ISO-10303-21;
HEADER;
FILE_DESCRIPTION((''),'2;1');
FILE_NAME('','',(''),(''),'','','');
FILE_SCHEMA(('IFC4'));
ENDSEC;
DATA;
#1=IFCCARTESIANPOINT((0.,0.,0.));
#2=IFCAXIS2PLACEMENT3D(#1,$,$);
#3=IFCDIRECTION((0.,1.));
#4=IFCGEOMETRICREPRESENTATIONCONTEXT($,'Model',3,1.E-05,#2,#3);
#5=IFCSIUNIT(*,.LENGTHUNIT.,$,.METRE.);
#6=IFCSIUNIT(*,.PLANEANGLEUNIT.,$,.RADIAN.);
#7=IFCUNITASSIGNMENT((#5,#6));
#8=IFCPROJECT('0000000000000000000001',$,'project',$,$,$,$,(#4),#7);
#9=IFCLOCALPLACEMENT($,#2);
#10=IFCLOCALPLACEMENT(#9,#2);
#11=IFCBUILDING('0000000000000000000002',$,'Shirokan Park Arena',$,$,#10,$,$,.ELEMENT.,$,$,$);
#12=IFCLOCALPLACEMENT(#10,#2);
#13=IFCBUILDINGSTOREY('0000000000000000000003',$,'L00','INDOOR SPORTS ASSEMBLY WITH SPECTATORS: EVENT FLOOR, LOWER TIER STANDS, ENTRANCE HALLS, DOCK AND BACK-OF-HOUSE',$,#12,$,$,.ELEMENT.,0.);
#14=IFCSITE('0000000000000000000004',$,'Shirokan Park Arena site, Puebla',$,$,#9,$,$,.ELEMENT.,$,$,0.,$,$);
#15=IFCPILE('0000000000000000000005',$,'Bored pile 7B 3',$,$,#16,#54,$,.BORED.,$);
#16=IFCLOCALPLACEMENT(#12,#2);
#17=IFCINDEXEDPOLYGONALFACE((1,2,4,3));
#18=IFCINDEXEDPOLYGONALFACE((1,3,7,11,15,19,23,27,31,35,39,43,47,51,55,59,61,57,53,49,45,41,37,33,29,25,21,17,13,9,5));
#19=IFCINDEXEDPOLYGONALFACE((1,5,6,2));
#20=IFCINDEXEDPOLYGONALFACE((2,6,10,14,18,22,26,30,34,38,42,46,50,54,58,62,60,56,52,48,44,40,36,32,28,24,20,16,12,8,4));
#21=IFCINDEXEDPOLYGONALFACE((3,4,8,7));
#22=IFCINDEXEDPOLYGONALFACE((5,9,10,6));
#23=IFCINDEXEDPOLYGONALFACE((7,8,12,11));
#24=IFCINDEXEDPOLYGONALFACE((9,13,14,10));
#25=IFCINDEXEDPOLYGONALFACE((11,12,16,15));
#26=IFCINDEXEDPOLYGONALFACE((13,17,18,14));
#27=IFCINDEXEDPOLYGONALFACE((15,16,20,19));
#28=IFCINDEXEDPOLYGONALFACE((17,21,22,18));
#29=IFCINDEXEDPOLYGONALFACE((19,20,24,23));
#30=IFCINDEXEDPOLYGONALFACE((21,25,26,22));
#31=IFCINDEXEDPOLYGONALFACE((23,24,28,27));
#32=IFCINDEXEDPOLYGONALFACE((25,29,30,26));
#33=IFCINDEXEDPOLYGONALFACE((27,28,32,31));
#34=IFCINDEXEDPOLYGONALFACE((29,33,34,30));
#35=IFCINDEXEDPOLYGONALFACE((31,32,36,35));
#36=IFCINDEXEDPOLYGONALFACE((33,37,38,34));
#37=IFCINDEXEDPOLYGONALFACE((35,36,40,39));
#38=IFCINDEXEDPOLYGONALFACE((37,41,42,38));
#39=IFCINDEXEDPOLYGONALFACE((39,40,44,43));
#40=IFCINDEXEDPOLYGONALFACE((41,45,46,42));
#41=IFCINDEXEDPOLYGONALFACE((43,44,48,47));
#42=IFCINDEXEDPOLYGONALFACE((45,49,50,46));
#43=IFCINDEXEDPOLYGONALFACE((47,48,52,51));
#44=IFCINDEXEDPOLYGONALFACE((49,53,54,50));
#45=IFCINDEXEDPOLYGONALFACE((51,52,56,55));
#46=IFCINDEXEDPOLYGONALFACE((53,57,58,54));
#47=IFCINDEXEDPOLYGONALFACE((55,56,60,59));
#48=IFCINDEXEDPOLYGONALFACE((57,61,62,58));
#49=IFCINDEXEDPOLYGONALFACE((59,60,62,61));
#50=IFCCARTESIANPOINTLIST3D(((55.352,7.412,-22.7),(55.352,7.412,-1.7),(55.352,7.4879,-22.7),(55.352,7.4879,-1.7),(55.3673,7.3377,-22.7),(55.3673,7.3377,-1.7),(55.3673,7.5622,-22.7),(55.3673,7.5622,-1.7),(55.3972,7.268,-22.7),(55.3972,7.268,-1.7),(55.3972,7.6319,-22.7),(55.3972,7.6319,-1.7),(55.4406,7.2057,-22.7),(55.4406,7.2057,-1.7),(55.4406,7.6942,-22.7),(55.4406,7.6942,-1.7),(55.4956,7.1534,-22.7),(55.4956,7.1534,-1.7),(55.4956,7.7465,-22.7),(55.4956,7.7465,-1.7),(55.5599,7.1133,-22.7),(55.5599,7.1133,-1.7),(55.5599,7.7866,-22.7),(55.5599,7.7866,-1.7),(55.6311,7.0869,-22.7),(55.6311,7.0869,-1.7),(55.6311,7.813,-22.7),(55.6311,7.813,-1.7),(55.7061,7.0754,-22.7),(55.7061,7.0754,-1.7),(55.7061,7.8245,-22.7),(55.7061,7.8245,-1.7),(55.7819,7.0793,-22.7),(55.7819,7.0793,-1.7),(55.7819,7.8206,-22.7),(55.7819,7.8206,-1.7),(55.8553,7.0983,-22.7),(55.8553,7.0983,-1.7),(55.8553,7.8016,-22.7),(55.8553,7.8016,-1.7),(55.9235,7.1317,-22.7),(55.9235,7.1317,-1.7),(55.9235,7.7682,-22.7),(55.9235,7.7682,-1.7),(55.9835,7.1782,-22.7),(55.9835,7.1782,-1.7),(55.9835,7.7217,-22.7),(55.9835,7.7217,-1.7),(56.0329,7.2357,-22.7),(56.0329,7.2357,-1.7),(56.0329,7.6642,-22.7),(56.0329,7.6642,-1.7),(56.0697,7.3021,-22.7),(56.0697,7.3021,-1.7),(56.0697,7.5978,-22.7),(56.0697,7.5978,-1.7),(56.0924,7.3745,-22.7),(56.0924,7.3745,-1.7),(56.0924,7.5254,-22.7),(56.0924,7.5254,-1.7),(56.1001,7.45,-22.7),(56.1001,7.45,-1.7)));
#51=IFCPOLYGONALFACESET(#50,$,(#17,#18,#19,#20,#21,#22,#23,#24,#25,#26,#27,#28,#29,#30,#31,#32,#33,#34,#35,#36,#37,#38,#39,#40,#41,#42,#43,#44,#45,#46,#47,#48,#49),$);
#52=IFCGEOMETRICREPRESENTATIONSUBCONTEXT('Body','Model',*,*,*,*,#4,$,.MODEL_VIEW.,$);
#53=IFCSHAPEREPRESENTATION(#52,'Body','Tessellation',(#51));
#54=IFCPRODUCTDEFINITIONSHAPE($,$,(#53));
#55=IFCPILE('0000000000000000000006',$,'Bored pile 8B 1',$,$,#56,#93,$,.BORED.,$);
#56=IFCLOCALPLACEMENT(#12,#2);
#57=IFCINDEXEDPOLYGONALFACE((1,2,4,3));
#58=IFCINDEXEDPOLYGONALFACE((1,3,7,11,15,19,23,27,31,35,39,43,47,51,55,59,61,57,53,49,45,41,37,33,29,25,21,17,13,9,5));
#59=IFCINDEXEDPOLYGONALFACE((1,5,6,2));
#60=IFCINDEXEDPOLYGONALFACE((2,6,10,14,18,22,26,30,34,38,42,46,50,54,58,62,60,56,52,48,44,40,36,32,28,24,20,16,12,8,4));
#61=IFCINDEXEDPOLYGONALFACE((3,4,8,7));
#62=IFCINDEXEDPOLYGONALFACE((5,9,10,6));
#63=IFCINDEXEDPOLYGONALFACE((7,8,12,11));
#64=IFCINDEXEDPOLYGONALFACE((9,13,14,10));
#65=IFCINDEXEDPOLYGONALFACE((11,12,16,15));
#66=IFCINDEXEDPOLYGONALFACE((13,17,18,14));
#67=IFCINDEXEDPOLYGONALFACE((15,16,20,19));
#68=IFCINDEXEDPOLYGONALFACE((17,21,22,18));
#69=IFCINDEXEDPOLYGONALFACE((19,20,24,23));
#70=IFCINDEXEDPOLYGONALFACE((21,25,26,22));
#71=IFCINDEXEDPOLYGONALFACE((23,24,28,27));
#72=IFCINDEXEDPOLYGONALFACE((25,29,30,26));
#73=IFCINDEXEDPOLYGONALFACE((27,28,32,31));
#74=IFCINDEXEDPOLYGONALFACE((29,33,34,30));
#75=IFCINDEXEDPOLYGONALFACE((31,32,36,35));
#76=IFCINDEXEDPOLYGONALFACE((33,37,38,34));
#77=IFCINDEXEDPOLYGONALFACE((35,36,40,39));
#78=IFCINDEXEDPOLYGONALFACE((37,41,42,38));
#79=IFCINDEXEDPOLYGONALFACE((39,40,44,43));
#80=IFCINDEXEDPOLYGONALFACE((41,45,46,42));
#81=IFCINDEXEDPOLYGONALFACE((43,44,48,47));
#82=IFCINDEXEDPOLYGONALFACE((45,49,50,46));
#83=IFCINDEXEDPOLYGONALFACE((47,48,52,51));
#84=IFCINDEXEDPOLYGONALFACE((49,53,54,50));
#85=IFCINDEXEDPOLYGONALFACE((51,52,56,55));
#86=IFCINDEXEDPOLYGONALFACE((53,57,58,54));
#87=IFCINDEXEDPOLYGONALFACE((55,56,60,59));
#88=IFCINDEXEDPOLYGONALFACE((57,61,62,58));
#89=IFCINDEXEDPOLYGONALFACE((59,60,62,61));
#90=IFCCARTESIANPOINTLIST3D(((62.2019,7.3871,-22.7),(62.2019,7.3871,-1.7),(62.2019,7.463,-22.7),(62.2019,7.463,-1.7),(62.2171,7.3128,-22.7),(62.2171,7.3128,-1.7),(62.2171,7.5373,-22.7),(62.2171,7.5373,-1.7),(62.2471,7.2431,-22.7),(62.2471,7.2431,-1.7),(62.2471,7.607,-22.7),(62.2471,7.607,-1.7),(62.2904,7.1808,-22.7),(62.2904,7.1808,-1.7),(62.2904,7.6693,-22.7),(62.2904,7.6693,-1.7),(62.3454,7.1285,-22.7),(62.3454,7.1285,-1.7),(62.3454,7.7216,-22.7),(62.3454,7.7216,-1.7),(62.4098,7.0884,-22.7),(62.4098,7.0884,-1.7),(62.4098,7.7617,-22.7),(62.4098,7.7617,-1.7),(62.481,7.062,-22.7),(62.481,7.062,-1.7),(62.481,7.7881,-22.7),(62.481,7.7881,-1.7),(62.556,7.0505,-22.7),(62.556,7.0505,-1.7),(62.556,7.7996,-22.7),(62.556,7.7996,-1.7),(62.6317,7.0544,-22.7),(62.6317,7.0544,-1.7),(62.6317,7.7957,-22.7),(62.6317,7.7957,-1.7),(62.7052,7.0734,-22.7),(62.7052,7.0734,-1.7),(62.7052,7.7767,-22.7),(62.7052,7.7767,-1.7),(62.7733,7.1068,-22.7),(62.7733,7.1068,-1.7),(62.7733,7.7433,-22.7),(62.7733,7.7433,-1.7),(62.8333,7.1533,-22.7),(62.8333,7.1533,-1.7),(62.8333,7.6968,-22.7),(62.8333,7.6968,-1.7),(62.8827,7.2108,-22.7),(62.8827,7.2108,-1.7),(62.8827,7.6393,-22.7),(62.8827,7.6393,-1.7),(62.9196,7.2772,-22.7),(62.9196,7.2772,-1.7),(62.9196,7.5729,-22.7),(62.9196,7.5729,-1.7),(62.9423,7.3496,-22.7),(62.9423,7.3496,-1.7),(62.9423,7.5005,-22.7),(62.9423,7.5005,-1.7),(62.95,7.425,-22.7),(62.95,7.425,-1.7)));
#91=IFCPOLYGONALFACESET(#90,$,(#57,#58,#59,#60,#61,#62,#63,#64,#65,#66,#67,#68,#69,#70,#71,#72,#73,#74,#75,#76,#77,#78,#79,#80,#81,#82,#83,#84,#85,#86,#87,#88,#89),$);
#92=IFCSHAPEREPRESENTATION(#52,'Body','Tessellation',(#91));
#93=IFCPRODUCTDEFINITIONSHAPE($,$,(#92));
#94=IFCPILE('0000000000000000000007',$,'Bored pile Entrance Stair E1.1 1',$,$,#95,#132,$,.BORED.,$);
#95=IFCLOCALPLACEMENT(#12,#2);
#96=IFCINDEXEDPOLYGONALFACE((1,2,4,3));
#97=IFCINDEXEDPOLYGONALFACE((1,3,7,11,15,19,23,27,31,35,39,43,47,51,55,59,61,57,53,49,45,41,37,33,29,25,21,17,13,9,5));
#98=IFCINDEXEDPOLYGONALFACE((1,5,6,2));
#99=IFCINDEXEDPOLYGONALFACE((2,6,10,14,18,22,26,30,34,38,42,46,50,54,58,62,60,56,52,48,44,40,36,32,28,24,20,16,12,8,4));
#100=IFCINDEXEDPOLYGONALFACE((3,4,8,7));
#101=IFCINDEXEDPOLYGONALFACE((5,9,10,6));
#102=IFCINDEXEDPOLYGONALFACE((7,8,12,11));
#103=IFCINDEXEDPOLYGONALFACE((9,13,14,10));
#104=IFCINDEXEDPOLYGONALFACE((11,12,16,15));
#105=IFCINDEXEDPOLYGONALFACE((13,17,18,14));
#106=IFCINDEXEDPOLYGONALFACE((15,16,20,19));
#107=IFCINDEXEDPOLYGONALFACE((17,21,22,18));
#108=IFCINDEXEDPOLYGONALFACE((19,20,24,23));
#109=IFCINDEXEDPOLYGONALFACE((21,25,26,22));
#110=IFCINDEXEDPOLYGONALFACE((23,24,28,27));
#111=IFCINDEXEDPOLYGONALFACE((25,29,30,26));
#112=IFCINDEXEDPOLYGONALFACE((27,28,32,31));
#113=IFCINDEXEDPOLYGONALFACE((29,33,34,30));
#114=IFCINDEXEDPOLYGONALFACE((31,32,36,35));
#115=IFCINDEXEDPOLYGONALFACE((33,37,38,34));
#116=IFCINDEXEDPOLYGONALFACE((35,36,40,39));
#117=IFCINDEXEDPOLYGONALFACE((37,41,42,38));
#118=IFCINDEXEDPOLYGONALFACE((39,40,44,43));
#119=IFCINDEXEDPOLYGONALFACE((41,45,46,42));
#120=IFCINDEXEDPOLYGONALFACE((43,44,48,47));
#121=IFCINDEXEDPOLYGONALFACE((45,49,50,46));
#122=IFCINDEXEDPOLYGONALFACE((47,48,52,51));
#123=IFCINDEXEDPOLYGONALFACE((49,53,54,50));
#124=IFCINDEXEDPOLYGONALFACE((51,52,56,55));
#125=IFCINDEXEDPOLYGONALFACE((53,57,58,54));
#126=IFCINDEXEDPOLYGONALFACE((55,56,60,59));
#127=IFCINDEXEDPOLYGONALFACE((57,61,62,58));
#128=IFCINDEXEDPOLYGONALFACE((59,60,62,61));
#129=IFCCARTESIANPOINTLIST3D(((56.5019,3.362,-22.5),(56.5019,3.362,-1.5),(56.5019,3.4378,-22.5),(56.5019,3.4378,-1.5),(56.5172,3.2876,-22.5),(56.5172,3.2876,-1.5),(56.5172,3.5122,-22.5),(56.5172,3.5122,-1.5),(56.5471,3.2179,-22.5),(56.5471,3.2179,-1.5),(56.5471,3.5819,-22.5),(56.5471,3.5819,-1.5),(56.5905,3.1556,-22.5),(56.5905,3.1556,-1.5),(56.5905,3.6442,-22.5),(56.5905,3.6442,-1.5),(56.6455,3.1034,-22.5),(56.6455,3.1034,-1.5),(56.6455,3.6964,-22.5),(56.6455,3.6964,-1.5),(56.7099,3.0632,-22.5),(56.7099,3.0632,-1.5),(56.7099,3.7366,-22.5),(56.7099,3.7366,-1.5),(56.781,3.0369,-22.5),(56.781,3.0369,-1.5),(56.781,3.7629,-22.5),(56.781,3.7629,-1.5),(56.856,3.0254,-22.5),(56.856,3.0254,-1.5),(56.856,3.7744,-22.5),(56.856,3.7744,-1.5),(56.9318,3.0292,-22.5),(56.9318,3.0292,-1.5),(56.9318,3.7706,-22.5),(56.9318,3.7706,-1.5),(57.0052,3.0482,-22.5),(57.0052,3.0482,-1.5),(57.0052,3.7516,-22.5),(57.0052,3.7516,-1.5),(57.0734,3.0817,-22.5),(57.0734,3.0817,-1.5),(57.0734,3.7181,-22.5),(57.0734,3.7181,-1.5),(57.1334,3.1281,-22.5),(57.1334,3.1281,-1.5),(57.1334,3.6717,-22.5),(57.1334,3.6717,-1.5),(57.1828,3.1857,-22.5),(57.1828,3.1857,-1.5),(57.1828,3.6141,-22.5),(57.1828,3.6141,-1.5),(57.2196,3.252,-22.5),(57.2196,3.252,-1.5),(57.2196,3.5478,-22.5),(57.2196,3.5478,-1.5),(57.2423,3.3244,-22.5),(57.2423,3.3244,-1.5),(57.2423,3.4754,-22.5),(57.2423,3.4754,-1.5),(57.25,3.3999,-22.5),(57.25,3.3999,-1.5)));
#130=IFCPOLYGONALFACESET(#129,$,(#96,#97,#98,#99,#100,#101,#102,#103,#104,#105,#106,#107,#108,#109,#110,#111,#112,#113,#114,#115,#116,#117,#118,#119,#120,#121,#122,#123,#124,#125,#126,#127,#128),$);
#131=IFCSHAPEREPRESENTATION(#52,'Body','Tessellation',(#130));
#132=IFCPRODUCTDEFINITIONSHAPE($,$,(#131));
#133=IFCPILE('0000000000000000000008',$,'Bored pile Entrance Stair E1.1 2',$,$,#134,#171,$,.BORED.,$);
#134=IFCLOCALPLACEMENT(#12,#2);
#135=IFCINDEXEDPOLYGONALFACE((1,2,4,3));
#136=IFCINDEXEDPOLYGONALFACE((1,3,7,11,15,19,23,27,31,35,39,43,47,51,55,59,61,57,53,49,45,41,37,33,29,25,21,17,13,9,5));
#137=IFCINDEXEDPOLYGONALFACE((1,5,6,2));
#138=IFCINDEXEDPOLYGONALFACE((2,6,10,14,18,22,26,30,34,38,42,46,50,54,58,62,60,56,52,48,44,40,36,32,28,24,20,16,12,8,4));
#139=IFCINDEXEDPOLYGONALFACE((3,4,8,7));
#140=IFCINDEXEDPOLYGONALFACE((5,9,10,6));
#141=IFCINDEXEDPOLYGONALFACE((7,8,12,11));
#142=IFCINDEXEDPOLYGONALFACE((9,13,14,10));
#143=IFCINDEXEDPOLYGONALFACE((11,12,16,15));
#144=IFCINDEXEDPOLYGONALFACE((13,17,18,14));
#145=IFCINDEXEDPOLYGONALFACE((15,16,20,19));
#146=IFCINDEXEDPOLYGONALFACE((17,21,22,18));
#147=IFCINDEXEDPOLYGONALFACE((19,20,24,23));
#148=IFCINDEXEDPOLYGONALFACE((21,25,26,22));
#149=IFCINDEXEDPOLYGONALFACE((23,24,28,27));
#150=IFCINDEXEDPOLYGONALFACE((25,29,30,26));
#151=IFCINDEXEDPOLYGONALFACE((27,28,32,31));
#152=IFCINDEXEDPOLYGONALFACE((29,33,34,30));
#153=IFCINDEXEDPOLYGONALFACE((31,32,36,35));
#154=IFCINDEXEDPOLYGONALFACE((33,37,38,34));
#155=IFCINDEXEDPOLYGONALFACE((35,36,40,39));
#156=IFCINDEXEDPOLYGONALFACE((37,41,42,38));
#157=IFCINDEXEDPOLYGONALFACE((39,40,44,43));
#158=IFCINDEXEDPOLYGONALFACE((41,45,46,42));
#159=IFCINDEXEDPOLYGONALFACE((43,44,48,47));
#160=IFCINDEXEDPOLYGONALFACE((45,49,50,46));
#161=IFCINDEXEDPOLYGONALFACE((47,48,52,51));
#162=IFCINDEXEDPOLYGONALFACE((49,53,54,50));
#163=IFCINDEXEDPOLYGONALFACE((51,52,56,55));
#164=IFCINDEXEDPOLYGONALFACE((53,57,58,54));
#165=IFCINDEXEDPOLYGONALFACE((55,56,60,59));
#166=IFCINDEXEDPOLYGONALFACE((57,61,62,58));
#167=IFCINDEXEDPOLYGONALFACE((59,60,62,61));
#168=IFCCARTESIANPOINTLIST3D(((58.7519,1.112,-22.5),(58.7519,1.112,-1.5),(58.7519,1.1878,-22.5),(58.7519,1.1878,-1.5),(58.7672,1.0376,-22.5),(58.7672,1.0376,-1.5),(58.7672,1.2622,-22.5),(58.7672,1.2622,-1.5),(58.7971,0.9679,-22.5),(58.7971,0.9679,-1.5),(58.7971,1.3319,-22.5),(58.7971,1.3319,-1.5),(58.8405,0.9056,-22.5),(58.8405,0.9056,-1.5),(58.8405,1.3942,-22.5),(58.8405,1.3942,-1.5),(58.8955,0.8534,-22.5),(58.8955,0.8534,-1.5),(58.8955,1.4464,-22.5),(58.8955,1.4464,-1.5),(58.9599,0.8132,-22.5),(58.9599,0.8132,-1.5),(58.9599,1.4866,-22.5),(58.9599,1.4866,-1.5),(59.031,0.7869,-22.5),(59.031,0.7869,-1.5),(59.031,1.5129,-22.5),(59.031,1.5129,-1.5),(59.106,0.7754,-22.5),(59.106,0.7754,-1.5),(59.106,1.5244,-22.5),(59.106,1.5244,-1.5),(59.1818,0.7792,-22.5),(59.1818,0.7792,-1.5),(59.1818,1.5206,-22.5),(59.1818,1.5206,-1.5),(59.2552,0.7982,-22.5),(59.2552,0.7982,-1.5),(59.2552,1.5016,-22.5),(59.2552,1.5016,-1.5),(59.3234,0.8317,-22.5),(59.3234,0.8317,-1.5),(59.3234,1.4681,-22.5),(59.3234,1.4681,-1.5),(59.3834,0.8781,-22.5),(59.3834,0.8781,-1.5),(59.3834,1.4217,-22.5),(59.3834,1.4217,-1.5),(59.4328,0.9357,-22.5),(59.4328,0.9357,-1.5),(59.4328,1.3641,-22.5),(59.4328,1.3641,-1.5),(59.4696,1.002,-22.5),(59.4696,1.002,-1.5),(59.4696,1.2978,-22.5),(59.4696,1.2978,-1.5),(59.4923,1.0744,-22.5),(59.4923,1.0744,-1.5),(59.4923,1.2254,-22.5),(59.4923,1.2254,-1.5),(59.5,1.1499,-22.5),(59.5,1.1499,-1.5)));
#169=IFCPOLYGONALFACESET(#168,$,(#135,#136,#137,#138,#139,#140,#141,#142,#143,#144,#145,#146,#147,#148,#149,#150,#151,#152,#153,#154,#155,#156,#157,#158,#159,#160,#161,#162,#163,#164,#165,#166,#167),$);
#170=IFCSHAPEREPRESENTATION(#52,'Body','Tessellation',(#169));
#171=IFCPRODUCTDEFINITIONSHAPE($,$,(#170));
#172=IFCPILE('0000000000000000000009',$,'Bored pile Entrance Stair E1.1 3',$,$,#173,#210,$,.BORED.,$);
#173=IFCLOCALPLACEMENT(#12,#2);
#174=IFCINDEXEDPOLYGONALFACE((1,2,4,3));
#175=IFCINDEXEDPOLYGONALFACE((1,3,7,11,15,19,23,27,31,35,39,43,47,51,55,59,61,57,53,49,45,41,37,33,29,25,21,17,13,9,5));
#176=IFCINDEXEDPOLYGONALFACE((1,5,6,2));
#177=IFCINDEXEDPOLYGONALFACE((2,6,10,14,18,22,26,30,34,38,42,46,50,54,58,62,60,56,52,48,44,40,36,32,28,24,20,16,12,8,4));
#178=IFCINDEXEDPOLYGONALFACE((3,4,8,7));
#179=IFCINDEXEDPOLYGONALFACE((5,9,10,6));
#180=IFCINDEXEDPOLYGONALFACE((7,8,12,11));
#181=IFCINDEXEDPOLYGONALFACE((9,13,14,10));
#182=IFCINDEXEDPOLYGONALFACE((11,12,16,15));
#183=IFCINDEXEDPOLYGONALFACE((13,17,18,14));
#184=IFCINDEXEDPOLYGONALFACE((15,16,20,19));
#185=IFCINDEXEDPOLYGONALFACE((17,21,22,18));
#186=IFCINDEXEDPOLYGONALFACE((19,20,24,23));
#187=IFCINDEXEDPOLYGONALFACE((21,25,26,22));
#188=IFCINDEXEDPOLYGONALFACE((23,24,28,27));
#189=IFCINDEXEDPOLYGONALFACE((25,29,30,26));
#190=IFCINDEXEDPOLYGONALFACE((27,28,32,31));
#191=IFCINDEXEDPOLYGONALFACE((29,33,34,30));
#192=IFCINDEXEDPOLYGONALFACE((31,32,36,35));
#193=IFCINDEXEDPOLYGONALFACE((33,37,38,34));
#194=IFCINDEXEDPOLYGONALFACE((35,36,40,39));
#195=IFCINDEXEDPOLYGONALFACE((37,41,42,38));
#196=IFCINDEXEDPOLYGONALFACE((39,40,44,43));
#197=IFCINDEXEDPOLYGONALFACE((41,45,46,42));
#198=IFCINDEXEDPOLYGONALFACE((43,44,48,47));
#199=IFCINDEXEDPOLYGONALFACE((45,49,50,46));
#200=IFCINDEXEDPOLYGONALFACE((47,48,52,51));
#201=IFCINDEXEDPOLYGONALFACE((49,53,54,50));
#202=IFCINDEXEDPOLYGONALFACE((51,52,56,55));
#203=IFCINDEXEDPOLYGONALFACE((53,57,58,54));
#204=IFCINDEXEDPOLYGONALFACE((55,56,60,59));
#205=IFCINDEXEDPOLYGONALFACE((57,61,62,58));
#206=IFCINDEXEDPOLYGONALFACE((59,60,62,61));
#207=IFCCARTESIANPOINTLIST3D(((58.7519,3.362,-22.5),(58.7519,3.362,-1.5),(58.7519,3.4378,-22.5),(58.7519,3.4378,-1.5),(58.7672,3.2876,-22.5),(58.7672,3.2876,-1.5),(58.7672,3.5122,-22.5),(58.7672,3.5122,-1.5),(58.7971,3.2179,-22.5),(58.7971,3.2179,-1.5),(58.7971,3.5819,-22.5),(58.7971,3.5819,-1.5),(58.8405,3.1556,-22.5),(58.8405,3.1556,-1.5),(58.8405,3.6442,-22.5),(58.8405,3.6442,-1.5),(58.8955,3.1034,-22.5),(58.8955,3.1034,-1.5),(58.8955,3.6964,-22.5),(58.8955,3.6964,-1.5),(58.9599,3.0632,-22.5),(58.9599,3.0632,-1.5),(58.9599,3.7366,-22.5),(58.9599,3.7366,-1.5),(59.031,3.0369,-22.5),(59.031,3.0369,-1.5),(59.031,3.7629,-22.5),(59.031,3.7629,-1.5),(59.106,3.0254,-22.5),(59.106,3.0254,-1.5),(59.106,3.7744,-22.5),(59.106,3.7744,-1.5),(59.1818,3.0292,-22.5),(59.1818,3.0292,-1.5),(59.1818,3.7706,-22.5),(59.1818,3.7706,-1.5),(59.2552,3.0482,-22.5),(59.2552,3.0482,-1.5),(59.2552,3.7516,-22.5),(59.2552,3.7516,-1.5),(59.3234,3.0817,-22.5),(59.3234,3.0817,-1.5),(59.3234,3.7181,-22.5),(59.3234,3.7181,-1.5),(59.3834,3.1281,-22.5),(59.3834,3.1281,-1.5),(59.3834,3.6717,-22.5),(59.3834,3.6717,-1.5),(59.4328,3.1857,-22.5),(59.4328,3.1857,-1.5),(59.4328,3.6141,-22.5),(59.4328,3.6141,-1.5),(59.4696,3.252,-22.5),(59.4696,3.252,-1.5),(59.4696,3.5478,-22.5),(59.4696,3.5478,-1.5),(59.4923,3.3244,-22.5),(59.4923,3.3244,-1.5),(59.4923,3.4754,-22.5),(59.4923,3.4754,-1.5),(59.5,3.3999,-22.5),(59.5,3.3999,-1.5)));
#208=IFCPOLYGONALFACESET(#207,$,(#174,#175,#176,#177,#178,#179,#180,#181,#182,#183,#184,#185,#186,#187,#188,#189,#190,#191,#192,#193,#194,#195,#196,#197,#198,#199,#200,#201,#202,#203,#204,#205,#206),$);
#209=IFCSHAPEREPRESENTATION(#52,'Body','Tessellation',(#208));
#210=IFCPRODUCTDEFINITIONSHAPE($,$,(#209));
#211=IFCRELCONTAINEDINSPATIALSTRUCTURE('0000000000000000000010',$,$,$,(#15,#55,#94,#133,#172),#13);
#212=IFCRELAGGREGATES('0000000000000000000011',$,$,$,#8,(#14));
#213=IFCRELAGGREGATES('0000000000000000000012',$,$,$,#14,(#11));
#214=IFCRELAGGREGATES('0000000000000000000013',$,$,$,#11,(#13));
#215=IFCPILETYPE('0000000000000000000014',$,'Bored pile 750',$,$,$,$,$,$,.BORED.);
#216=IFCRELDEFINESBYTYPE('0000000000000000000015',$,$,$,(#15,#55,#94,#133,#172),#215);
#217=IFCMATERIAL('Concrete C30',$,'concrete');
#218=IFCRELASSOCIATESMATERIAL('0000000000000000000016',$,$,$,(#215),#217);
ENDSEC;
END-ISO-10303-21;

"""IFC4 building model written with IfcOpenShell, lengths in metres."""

from ifc_helpers import new_model, si_unit, direction, frame, origin, origin_2d, place, context, subcontext, project, spatial, circle, extrude, material, material_profile, profile_set, type_object, element, save


model = new_model("IFC4")

# Units and contexts
model_context = context("Model", 3, precision=1e-05, world=origin(), true_north=direction((0.0, 1.0)))
body_context = subcontext(model_context, "Body", "Model", "MODEL_VIEW")
ifc_project = project(units=[si_unit("LENGTHUNIT", "METRE"), si_unit("PLANEANGLEUNIT", "RADIAN")], contexts=[model_context])

# Site, building, storey
site_placement = place(None, origin())
site = spatial("IfcSite", under=ifc_project, at=site_placement, Name="Shirokan Park Arena site, Puebla", CompositionType="ELEMENT", RefElevation=0.0)
building_placement = place(site_placement, origin())
building = spatial("IfcBuilding", under=site, at=building_placement, Name="Shirokan Park Arena", CompositionType="ELEMENT")
storey_placement = place(building_placement, origin())
storey = spatial("IfcBuildingStorey", under=building, at=storey_placement, Name="L00", Description="INDOOR SPORTS ASSEMBLY WITH SPECTATORS: EVENT FLOOR, LOWER TIER STANDS, ENTRANCE HALLS, DOCK AND BACK-OF-HOUSE", CompositionType="ELEMENT", Elevation=0.0)

# Piles
ifc_material_1 = material(Name="Concrete C30", Category="concrete")
ifc_material_profile_1 = material_profile(ifc_material_1, circle(Radius=0.375, at=origin_2d()), Name="D750")
ifc_profile_set_1 = profile_set([ifc_material_profile_1], Name="Concrete C30")
pile_type = type_object("IfcPileType", Name="Bored pile 750", PredefinedType="BORED", material=ifc_profile_set_1)
for number, where, z_axis, x_axis, name in (
    (1, (55.7251, 7.45, -1.7), (0.0, 0.0, -1.0), (1.0, 0.0, 0.0), "Bored pile 7B 3"),
    (2, (62.575, 7.425, -1.7), (0.0, 0.0, -1.0), (1.0, 0.0, 0.0), "Bored pile 8B 1"),
    (3, (56.875, 3.3999, -1.5), (0.0, 0.0, -1.0), (1.0, 0.0, 0.0), "Bored pile Entrance Stair E1.1 1"),
    (4, (59.125, 1.1499, -1.5), (0.0, 0.0, -1.0), (1.0, 0.0, 0.0), "Bored pile Entrance Stair E1.1 2"),
    (5, (59.125, 3.3999, -1.5), (0.0, 0.0, -1.0), (1.0, 0.0, 0.0), "Bored pile Entrance Stair E1.1 3"),
):
    element("IfcPile", number, at=place(storey_placement, frame(where, z_axis=z_axis, x_axis=x_axis)), inside=storey, type_object=pile_type, Name=name, PredefinedType="BORED", context=body_context, shape_type="SweptSolid", body=[
        extrude(circle(Radius=0.375, at=origin_2d()), origin(), (0.0, 0.0, 1.0), 21.0),
    ])

save(model, "model.ifc")
